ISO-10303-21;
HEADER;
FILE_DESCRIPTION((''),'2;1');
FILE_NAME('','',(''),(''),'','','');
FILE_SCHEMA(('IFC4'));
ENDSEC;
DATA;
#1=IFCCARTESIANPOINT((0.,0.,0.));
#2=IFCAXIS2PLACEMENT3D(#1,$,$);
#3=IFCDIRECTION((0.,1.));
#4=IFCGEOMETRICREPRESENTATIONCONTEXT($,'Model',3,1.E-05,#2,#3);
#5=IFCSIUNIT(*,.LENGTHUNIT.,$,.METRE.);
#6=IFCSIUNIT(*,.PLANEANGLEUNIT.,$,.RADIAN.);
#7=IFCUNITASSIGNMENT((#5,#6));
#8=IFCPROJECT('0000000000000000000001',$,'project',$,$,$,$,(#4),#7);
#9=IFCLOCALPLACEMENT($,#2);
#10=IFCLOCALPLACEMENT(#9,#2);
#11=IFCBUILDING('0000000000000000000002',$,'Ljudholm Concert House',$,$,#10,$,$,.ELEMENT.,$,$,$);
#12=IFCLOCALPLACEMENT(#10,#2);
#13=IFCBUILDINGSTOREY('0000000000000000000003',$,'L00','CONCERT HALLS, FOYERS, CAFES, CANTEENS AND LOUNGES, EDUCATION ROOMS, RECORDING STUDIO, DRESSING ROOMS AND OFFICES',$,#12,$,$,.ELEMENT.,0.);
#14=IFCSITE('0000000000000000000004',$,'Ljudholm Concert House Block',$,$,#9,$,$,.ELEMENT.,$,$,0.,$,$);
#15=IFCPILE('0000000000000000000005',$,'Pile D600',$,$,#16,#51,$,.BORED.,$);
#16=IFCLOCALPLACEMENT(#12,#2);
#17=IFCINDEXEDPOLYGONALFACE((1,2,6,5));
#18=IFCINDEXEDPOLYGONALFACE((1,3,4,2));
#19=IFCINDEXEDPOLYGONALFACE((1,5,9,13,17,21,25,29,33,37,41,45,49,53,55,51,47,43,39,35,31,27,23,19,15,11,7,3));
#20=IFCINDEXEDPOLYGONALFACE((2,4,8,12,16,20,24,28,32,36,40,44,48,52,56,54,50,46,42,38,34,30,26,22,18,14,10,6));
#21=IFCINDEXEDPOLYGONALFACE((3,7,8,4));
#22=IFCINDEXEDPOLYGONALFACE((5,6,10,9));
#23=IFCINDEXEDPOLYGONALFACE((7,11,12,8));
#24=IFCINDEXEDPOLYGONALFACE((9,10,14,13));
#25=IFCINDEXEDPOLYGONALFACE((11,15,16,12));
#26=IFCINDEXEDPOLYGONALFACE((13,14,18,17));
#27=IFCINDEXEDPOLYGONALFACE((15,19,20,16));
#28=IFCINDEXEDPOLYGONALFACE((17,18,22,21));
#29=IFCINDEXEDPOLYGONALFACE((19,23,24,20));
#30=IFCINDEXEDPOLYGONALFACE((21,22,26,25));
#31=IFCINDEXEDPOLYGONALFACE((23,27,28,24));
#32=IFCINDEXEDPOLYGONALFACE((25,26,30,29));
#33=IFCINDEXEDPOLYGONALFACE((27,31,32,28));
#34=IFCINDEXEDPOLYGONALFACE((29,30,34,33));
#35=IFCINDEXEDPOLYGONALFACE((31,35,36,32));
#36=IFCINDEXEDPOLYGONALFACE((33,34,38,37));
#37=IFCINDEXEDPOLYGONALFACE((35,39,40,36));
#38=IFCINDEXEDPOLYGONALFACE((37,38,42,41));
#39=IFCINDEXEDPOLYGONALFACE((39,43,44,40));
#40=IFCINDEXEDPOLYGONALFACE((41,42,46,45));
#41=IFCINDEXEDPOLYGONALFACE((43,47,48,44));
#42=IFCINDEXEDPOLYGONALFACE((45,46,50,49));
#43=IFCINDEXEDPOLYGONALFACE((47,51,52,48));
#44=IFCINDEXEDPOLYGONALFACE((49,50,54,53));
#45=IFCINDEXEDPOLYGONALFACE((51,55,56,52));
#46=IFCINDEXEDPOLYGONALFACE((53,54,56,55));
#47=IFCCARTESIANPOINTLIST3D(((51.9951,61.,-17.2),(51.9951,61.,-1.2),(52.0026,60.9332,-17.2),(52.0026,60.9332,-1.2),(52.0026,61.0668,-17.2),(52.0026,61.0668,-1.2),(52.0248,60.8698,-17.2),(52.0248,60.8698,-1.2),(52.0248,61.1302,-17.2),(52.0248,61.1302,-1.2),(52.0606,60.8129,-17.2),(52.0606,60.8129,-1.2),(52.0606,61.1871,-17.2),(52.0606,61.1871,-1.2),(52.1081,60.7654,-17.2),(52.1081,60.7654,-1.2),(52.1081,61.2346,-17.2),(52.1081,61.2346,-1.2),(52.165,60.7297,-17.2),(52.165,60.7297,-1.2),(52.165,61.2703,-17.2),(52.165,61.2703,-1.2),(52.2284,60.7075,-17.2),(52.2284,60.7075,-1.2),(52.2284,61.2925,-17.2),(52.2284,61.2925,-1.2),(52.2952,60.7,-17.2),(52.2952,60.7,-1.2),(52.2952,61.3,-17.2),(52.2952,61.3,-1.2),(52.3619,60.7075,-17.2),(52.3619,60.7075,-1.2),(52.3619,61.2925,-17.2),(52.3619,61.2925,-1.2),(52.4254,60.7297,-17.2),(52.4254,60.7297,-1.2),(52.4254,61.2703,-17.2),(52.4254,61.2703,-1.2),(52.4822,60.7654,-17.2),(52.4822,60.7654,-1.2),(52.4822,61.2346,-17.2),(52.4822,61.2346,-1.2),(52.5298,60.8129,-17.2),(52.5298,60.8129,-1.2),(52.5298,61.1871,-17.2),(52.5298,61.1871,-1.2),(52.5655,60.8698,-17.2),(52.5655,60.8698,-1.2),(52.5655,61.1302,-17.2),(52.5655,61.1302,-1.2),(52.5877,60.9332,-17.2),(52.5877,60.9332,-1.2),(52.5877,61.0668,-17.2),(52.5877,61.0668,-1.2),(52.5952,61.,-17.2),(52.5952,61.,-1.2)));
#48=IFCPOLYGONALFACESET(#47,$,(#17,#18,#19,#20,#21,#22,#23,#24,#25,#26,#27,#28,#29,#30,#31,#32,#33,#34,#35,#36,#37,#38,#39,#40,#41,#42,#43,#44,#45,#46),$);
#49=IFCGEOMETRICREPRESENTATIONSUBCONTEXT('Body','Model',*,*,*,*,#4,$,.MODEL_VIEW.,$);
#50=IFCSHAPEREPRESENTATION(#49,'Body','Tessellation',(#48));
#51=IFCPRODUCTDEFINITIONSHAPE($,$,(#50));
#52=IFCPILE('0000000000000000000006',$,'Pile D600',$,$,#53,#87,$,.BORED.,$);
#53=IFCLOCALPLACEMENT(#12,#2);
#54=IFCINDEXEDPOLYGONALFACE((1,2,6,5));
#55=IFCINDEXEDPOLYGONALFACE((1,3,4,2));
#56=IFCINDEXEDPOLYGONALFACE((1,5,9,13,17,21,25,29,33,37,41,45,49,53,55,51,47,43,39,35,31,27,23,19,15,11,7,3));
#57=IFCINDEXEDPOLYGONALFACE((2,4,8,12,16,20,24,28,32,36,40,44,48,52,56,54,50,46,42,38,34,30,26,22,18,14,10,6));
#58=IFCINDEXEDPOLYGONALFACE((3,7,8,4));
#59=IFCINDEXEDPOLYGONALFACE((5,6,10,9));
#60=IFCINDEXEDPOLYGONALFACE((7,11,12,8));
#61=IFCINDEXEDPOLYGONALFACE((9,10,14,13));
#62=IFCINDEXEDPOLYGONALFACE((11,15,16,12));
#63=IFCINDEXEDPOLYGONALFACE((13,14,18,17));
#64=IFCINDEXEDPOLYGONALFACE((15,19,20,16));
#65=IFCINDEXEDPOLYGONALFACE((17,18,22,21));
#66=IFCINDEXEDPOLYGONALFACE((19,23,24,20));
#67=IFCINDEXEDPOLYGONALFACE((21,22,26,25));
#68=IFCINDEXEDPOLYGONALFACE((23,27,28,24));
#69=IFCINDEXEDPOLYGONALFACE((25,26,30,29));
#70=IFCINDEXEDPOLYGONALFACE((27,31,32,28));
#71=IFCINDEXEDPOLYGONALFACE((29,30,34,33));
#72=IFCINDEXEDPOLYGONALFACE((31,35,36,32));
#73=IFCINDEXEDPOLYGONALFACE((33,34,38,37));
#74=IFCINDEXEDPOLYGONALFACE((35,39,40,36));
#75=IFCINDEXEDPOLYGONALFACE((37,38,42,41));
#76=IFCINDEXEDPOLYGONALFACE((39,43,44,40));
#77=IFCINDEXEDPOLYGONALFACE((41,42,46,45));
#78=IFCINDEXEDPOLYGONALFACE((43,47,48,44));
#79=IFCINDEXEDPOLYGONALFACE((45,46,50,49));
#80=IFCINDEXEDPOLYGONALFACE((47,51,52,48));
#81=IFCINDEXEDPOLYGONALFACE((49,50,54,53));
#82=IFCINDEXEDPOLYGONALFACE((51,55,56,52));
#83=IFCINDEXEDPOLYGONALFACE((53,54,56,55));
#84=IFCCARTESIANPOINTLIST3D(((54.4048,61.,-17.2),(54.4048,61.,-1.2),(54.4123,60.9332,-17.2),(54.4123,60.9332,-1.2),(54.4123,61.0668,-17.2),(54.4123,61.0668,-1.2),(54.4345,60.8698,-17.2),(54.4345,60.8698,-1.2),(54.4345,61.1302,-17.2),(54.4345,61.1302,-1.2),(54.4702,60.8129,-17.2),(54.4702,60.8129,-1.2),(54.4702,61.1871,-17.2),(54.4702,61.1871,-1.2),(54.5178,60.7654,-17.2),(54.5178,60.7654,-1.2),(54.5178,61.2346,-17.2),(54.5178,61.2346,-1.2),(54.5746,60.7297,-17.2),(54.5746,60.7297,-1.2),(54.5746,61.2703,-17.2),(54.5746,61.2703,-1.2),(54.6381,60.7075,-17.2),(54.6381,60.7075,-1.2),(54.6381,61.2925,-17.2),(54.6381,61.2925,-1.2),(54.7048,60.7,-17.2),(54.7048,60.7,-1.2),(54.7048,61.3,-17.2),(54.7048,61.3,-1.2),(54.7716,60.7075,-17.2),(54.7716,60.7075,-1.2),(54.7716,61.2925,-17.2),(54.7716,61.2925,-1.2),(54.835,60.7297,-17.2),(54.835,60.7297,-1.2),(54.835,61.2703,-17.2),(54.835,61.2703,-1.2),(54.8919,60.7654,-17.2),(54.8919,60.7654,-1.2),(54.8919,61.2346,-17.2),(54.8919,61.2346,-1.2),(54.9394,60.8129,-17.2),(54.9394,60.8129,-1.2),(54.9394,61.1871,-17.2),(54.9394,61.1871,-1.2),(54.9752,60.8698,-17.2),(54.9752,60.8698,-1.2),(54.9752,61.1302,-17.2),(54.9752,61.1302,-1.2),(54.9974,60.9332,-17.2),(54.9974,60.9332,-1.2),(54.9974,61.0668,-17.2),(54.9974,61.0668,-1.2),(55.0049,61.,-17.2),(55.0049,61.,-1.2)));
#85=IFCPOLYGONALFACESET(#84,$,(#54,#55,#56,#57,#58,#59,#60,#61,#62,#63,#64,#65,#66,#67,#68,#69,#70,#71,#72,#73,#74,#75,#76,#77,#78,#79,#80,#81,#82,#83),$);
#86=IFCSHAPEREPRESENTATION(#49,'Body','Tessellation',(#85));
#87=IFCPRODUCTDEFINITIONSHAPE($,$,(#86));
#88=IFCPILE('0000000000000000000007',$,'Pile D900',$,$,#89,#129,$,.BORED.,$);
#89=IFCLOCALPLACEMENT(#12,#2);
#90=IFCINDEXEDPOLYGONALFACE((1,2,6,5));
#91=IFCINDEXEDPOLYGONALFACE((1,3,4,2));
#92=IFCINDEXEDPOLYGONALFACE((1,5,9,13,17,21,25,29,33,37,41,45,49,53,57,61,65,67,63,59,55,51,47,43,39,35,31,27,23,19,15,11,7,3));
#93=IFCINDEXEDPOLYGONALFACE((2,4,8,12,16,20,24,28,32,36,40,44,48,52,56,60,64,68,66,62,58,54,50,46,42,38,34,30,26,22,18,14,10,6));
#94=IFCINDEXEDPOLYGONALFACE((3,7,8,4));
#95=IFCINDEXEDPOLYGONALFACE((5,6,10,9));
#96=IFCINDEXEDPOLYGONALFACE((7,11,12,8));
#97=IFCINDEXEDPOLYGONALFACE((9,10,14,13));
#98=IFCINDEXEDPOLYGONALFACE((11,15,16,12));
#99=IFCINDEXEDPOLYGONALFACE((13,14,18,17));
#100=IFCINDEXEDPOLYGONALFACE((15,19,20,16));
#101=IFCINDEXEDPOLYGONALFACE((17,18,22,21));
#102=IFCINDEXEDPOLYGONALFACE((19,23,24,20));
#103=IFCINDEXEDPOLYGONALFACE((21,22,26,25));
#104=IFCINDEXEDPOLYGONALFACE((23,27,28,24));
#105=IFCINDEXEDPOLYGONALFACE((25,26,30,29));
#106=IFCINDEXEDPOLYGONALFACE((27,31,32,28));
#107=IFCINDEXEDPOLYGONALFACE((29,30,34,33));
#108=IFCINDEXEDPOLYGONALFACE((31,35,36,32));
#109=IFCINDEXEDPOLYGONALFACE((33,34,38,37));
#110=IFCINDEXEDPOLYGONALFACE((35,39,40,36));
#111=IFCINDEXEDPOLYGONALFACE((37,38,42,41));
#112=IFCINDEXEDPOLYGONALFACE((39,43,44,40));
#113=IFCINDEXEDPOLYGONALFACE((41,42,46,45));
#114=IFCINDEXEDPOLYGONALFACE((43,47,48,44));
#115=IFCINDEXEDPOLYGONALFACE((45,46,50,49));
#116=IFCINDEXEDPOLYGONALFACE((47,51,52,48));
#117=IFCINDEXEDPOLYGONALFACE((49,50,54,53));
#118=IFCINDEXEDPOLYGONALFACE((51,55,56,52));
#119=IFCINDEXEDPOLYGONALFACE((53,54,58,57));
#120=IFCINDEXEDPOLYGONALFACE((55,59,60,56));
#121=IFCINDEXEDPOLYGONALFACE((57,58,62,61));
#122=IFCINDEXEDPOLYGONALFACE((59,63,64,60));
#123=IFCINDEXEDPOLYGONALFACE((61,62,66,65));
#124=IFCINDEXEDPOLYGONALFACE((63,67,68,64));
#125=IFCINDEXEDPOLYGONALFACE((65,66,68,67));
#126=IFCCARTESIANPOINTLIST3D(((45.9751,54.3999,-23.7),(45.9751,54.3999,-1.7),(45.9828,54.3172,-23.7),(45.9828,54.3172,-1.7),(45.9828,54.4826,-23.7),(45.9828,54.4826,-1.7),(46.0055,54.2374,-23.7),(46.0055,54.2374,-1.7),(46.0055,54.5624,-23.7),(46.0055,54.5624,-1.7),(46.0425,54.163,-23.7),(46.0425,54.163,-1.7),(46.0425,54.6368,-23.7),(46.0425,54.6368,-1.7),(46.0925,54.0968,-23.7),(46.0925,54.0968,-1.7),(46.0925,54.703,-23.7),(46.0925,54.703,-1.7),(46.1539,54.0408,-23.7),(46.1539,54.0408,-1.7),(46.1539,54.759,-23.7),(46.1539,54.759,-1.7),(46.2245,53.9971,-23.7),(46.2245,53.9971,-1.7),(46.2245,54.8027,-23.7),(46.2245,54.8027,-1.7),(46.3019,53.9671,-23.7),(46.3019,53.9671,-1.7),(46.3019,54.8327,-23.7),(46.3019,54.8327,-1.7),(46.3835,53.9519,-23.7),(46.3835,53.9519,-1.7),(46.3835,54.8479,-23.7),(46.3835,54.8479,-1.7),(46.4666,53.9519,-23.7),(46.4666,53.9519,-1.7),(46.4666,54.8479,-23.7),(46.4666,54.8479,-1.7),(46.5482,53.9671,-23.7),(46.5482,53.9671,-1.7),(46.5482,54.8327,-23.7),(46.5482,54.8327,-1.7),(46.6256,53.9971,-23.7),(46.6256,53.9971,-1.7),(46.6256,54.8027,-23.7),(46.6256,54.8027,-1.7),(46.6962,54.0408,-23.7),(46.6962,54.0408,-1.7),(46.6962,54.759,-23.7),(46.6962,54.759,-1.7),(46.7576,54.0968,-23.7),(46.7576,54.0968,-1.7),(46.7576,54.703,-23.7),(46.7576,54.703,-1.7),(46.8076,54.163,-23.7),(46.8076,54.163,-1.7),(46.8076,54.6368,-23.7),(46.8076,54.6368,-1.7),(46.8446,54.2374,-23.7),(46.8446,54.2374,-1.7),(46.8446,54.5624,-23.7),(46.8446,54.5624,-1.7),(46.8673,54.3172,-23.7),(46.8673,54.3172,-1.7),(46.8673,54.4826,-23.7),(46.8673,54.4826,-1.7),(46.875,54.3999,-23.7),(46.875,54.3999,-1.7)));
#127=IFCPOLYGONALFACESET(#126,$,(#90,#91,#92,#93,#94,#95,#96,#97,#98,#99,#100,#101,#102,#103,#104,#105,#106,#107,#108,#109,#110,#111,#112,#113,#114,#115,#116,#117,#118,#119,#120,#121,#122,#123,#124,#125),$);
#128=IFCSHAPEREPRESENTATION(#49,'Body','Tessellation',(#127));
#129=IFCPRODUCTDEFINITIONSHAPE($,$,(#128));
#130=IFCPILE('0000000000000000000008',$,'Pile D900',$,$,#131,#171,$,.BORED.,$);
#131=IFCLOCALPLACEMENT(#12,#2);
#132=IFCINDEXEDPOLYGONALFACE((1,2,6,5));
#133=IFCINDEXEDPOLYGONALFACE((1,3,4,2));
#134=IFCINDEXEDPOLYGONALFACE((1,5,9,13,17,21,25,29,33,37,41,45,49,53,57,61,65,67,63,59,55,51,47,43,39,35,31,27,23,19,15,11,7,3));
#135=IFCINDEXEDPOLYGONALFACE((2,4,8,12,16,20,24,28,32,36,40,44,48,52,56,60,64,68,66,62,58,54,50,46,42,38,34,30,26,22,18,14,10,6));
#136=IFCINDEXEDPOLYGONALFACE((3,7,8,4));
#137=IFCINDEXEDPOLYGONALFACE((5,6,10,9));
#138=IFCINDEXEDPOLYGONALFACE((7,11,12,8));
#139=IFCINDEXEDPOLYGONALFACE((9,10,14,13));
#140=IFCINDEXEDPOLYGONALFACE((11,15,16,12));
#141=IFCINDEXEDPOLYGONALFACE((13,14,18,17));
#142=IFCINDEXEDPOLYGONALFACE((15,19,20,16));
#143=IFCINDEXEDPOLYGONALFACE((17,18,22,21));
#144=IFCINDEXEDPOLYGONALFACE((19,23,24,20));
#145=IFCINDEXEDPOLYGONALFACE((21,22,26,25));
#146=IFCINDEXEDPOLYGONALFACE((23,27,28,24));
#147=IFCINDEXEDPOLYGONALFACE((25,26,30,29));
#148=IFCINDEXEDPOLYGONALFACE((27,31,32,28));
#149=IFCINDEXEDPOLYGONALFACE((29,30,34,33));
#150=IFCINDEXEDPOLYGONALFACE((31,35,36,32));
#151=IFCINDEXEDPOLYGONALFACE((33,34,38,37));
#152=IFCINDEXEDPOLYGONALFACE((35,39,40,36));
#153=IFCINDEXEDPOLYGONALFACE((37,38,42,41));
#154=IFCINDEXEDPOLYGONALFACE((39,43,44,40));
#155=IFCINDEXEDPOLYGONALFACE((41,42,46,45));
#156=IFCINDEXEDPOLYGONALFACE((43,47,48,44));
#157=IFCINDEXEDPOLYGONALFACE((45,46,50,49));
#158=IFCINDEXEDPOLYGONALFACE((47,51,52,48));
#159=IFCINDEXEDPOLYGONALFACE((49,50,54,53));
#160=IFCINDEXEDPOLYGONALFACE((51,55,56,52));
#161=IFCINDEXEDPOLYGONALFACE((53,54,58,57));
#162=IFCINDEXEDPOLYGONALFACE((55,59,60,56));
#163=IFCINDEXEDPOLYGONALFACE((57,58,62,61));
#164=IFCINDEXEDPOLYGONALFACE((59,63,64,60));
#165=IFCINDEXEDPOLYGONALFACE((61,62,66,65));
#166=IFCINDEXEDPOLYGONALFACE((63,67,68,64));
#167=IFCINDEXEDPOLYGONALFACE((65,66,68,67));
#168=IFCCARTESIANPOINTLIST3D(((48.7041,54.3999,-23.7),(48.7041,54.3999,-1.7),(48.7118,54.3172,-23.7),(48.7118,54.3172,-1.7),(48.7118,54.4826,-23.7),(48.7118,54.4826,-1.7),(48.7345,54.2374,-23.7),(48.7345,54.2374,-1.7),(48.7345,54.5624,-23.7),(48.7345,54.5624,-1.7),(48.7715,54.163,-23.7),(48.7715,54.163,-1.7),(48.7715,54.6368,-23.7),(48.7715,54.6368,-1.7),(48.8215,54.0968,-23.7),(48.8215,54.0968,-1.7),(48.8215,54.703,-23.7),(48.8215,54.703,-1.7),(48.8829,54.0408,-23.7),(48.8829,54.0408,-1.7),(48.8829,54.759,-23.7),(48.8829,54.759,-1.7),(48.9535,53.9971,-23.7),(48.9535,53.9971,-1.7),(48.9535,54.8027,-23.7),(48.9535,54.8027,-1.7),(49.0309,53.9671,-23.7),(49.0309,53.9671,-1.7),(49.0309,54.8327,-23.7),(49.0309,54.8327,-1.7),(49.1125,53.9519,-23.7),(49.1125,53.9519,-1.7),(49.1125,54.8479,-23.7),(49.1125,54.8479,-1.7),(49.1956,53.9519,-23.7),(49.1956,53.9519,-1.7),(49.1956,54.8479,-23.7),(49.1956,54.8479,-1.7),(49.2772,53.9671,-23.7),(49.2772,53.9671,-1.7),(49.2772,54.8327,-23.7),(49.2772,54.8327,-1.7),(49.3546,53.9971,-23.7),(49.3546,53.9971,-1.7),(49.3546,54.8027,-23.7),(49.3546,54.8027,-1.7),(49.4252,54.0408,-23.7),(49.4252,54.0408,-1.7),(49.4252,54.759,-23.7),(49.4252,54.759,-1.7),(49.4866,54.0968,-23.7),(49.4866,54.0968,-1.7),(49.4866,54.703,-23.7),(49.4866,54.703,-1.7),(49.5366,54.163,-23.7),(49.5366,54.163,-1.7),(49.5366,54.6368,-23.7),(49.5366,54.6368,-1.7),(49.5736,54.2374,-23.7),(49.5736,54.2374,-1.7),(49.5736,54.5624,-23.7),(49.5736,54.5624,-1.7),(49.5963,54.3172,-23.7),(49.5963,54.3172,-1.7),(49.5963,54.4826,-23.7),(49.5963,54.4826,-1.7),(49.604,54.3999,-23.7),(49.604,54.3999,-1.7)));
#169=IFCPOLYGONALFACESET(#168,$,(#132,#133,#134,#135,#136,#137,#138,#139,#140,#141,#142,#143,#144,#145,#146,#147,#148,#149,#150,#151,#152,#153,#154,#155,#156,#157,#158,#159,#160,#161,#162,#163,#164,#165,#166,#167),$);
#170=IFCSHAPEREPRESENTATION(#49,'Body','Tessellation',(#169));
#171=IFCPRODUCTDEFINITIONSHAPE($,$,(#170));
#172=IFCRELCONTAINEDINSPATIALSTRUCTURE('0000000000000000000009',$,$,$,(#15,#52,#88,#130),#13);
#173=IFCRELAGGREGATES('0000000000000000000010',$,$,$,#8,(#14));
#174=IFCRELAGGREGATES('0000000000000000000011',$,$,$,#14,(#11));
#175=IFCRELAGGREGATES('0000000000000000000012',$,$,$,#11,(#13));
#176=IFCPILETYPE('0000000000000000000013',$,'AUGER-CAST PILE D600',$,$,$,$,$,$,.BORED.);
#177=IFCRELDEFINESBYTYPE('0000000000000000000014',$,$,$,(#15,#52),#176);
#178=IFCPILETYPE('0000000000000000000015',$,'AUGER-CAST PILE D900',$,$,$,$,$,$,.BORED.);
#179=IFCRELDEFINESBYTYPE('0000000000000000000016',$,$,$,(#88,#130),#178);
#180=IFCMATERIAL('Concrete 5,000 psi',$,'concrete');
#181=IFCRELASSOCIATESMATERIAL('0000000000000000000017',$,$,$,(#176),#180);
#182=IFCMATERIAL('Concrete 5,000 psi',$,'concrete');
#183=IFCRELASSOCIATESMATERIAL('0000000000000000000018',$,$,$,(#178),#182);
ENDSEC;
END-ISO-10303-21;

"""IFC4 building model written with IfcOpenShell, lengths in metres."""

from ifc_helpers import new_model, si_unit, direction, frame, origin, origin_2d, place, context, subcontext, project, spatial, circle, extrude, material, material_profile, profile_set, type_object, element, save


model = new_model("IFC4")

# Units and contexts
model_context = context("Model", 3, precision=1e-05, world=origin(), true_north=direction((0.0, 1.0)))
body_context = subcontext(model_context, "Body", "Model", "MODEL_VIEW")
ifc_project = project(units=[si_unit("LENGTHUNIT", "METRE"), si_unit("PLANEANGLEUNIT", "RADIAN")], contexts=[model_context])

# Site, building, storey
site_placement = place(None, origin())
site = spatial("IfcSite", under=ifc_project, at=site_placement, Name="Ljudholm Concert House Block", CompositionType="ELEMENT", RefElevation=0.0)
building_placement = place(site_placement, origin())
building = spatial("IfcBuilding", under=site, at=building_placement, Name="Ljudholm Concert House", CompositionType="ELEMENT")
storey_placement = place(building_placement, origin())
storey = spatial("IfcBuildingStorey", under=building, at=storey_placement, Name="L00", Description="CONCERT HALLS, FOYERS, CAFES, CANTEENS AND LOUNGES, EDUCATION ROOMS, RECORDING STUDIO, DRESSING ROOMS AND OFFICES", CompositionType="ELEMENT", Elevation=0.0)

# Piles
ifc_material_1 = material(Name="Concrete 5,000 psi", Category="concrete")
ifc_material_profile_1 = material_profile(ifc_material_1, circle(Radius=0.3, at=origin_2d()), Name="AUGER-CAST PILE D600")
ifc_profile_set_1 = profile_set([ifc_material_profile_1], Name="Concrete 5,000 psi")
pile_type_1 = type_object("IfcPileType", Name="AUGER-CAST PILE D600", PredefinedType="BORED", material=ifc_profile_set_1)
for number, where, z_axis, x_axis, name in (
    (1, (52.2952, 61.0, -1.2), (0.0, 0.0, -1.0), (1.0, 0.0, 0.0), "Pile D600"),
    (2, (54.7048, 61.0, -1.2), (0.0, 0.0, -1.0), (1.0, 0.0, 0.0), "Pile D600"),
):
    element("IfcPile", number, at=place(storey_placement, frame(where, z_axis=z_axis, x_axis=x_axis)), inside=storey, type_object=pile_type_1, Name=name, PredefinedType="BORED", context=body_context, shape_type="SweptSolid", body=[
        extrude(circle(Radius=0.3, at=origin_2d()), origin(), (0.0, 0.0, 1.0), 16.0),
    ])
ifc_material_2 = material(Name="Concrete 5,000 psi", Category="concrete")
ifc_material_profile_2 = material_profile(ifc_material_2, circle(Radius=0.45, at=origin_2d()), Name="AUGER-CAST PILE D900")
ifc_profile_set_2 = profile_set([ifc_material_profile_2], Name="Concrete 5,000 psi")
pile_type_2 = type_object("IfcPileType", Name="AUGER-CAST PILE D900", PredefinedType="BORED", material=ifc_profile_set_2)
for number, where, z_axis, x_axis, name in (
    (3, (46.425, 54.3999, -1.7), (0.0, 0.0, -1.0), (1.0, 0.0, 0.0), "Pile D900"),
    (4, (49.1541, 54.3999, -1.7), (0.0, 0.0, -1.0), (1.0, 0.0, 0.0), "Pile D900"),
):
    element("IfcPile", number, at=place(storey_placement, frame(where, z_axis=z_axis, x_axis=x_axis)), inside=storey, type_object=pile_type_2, Name=name, PredefinedType="BORED", context=body_context, shape_type="SweptSolid", body=[
        extrude(circle(Radius=0.45, at=origin_2d()), origin(), (0.0, 0.0, 1.0), 22.0),
    ])

save(model, "model.ifc")
